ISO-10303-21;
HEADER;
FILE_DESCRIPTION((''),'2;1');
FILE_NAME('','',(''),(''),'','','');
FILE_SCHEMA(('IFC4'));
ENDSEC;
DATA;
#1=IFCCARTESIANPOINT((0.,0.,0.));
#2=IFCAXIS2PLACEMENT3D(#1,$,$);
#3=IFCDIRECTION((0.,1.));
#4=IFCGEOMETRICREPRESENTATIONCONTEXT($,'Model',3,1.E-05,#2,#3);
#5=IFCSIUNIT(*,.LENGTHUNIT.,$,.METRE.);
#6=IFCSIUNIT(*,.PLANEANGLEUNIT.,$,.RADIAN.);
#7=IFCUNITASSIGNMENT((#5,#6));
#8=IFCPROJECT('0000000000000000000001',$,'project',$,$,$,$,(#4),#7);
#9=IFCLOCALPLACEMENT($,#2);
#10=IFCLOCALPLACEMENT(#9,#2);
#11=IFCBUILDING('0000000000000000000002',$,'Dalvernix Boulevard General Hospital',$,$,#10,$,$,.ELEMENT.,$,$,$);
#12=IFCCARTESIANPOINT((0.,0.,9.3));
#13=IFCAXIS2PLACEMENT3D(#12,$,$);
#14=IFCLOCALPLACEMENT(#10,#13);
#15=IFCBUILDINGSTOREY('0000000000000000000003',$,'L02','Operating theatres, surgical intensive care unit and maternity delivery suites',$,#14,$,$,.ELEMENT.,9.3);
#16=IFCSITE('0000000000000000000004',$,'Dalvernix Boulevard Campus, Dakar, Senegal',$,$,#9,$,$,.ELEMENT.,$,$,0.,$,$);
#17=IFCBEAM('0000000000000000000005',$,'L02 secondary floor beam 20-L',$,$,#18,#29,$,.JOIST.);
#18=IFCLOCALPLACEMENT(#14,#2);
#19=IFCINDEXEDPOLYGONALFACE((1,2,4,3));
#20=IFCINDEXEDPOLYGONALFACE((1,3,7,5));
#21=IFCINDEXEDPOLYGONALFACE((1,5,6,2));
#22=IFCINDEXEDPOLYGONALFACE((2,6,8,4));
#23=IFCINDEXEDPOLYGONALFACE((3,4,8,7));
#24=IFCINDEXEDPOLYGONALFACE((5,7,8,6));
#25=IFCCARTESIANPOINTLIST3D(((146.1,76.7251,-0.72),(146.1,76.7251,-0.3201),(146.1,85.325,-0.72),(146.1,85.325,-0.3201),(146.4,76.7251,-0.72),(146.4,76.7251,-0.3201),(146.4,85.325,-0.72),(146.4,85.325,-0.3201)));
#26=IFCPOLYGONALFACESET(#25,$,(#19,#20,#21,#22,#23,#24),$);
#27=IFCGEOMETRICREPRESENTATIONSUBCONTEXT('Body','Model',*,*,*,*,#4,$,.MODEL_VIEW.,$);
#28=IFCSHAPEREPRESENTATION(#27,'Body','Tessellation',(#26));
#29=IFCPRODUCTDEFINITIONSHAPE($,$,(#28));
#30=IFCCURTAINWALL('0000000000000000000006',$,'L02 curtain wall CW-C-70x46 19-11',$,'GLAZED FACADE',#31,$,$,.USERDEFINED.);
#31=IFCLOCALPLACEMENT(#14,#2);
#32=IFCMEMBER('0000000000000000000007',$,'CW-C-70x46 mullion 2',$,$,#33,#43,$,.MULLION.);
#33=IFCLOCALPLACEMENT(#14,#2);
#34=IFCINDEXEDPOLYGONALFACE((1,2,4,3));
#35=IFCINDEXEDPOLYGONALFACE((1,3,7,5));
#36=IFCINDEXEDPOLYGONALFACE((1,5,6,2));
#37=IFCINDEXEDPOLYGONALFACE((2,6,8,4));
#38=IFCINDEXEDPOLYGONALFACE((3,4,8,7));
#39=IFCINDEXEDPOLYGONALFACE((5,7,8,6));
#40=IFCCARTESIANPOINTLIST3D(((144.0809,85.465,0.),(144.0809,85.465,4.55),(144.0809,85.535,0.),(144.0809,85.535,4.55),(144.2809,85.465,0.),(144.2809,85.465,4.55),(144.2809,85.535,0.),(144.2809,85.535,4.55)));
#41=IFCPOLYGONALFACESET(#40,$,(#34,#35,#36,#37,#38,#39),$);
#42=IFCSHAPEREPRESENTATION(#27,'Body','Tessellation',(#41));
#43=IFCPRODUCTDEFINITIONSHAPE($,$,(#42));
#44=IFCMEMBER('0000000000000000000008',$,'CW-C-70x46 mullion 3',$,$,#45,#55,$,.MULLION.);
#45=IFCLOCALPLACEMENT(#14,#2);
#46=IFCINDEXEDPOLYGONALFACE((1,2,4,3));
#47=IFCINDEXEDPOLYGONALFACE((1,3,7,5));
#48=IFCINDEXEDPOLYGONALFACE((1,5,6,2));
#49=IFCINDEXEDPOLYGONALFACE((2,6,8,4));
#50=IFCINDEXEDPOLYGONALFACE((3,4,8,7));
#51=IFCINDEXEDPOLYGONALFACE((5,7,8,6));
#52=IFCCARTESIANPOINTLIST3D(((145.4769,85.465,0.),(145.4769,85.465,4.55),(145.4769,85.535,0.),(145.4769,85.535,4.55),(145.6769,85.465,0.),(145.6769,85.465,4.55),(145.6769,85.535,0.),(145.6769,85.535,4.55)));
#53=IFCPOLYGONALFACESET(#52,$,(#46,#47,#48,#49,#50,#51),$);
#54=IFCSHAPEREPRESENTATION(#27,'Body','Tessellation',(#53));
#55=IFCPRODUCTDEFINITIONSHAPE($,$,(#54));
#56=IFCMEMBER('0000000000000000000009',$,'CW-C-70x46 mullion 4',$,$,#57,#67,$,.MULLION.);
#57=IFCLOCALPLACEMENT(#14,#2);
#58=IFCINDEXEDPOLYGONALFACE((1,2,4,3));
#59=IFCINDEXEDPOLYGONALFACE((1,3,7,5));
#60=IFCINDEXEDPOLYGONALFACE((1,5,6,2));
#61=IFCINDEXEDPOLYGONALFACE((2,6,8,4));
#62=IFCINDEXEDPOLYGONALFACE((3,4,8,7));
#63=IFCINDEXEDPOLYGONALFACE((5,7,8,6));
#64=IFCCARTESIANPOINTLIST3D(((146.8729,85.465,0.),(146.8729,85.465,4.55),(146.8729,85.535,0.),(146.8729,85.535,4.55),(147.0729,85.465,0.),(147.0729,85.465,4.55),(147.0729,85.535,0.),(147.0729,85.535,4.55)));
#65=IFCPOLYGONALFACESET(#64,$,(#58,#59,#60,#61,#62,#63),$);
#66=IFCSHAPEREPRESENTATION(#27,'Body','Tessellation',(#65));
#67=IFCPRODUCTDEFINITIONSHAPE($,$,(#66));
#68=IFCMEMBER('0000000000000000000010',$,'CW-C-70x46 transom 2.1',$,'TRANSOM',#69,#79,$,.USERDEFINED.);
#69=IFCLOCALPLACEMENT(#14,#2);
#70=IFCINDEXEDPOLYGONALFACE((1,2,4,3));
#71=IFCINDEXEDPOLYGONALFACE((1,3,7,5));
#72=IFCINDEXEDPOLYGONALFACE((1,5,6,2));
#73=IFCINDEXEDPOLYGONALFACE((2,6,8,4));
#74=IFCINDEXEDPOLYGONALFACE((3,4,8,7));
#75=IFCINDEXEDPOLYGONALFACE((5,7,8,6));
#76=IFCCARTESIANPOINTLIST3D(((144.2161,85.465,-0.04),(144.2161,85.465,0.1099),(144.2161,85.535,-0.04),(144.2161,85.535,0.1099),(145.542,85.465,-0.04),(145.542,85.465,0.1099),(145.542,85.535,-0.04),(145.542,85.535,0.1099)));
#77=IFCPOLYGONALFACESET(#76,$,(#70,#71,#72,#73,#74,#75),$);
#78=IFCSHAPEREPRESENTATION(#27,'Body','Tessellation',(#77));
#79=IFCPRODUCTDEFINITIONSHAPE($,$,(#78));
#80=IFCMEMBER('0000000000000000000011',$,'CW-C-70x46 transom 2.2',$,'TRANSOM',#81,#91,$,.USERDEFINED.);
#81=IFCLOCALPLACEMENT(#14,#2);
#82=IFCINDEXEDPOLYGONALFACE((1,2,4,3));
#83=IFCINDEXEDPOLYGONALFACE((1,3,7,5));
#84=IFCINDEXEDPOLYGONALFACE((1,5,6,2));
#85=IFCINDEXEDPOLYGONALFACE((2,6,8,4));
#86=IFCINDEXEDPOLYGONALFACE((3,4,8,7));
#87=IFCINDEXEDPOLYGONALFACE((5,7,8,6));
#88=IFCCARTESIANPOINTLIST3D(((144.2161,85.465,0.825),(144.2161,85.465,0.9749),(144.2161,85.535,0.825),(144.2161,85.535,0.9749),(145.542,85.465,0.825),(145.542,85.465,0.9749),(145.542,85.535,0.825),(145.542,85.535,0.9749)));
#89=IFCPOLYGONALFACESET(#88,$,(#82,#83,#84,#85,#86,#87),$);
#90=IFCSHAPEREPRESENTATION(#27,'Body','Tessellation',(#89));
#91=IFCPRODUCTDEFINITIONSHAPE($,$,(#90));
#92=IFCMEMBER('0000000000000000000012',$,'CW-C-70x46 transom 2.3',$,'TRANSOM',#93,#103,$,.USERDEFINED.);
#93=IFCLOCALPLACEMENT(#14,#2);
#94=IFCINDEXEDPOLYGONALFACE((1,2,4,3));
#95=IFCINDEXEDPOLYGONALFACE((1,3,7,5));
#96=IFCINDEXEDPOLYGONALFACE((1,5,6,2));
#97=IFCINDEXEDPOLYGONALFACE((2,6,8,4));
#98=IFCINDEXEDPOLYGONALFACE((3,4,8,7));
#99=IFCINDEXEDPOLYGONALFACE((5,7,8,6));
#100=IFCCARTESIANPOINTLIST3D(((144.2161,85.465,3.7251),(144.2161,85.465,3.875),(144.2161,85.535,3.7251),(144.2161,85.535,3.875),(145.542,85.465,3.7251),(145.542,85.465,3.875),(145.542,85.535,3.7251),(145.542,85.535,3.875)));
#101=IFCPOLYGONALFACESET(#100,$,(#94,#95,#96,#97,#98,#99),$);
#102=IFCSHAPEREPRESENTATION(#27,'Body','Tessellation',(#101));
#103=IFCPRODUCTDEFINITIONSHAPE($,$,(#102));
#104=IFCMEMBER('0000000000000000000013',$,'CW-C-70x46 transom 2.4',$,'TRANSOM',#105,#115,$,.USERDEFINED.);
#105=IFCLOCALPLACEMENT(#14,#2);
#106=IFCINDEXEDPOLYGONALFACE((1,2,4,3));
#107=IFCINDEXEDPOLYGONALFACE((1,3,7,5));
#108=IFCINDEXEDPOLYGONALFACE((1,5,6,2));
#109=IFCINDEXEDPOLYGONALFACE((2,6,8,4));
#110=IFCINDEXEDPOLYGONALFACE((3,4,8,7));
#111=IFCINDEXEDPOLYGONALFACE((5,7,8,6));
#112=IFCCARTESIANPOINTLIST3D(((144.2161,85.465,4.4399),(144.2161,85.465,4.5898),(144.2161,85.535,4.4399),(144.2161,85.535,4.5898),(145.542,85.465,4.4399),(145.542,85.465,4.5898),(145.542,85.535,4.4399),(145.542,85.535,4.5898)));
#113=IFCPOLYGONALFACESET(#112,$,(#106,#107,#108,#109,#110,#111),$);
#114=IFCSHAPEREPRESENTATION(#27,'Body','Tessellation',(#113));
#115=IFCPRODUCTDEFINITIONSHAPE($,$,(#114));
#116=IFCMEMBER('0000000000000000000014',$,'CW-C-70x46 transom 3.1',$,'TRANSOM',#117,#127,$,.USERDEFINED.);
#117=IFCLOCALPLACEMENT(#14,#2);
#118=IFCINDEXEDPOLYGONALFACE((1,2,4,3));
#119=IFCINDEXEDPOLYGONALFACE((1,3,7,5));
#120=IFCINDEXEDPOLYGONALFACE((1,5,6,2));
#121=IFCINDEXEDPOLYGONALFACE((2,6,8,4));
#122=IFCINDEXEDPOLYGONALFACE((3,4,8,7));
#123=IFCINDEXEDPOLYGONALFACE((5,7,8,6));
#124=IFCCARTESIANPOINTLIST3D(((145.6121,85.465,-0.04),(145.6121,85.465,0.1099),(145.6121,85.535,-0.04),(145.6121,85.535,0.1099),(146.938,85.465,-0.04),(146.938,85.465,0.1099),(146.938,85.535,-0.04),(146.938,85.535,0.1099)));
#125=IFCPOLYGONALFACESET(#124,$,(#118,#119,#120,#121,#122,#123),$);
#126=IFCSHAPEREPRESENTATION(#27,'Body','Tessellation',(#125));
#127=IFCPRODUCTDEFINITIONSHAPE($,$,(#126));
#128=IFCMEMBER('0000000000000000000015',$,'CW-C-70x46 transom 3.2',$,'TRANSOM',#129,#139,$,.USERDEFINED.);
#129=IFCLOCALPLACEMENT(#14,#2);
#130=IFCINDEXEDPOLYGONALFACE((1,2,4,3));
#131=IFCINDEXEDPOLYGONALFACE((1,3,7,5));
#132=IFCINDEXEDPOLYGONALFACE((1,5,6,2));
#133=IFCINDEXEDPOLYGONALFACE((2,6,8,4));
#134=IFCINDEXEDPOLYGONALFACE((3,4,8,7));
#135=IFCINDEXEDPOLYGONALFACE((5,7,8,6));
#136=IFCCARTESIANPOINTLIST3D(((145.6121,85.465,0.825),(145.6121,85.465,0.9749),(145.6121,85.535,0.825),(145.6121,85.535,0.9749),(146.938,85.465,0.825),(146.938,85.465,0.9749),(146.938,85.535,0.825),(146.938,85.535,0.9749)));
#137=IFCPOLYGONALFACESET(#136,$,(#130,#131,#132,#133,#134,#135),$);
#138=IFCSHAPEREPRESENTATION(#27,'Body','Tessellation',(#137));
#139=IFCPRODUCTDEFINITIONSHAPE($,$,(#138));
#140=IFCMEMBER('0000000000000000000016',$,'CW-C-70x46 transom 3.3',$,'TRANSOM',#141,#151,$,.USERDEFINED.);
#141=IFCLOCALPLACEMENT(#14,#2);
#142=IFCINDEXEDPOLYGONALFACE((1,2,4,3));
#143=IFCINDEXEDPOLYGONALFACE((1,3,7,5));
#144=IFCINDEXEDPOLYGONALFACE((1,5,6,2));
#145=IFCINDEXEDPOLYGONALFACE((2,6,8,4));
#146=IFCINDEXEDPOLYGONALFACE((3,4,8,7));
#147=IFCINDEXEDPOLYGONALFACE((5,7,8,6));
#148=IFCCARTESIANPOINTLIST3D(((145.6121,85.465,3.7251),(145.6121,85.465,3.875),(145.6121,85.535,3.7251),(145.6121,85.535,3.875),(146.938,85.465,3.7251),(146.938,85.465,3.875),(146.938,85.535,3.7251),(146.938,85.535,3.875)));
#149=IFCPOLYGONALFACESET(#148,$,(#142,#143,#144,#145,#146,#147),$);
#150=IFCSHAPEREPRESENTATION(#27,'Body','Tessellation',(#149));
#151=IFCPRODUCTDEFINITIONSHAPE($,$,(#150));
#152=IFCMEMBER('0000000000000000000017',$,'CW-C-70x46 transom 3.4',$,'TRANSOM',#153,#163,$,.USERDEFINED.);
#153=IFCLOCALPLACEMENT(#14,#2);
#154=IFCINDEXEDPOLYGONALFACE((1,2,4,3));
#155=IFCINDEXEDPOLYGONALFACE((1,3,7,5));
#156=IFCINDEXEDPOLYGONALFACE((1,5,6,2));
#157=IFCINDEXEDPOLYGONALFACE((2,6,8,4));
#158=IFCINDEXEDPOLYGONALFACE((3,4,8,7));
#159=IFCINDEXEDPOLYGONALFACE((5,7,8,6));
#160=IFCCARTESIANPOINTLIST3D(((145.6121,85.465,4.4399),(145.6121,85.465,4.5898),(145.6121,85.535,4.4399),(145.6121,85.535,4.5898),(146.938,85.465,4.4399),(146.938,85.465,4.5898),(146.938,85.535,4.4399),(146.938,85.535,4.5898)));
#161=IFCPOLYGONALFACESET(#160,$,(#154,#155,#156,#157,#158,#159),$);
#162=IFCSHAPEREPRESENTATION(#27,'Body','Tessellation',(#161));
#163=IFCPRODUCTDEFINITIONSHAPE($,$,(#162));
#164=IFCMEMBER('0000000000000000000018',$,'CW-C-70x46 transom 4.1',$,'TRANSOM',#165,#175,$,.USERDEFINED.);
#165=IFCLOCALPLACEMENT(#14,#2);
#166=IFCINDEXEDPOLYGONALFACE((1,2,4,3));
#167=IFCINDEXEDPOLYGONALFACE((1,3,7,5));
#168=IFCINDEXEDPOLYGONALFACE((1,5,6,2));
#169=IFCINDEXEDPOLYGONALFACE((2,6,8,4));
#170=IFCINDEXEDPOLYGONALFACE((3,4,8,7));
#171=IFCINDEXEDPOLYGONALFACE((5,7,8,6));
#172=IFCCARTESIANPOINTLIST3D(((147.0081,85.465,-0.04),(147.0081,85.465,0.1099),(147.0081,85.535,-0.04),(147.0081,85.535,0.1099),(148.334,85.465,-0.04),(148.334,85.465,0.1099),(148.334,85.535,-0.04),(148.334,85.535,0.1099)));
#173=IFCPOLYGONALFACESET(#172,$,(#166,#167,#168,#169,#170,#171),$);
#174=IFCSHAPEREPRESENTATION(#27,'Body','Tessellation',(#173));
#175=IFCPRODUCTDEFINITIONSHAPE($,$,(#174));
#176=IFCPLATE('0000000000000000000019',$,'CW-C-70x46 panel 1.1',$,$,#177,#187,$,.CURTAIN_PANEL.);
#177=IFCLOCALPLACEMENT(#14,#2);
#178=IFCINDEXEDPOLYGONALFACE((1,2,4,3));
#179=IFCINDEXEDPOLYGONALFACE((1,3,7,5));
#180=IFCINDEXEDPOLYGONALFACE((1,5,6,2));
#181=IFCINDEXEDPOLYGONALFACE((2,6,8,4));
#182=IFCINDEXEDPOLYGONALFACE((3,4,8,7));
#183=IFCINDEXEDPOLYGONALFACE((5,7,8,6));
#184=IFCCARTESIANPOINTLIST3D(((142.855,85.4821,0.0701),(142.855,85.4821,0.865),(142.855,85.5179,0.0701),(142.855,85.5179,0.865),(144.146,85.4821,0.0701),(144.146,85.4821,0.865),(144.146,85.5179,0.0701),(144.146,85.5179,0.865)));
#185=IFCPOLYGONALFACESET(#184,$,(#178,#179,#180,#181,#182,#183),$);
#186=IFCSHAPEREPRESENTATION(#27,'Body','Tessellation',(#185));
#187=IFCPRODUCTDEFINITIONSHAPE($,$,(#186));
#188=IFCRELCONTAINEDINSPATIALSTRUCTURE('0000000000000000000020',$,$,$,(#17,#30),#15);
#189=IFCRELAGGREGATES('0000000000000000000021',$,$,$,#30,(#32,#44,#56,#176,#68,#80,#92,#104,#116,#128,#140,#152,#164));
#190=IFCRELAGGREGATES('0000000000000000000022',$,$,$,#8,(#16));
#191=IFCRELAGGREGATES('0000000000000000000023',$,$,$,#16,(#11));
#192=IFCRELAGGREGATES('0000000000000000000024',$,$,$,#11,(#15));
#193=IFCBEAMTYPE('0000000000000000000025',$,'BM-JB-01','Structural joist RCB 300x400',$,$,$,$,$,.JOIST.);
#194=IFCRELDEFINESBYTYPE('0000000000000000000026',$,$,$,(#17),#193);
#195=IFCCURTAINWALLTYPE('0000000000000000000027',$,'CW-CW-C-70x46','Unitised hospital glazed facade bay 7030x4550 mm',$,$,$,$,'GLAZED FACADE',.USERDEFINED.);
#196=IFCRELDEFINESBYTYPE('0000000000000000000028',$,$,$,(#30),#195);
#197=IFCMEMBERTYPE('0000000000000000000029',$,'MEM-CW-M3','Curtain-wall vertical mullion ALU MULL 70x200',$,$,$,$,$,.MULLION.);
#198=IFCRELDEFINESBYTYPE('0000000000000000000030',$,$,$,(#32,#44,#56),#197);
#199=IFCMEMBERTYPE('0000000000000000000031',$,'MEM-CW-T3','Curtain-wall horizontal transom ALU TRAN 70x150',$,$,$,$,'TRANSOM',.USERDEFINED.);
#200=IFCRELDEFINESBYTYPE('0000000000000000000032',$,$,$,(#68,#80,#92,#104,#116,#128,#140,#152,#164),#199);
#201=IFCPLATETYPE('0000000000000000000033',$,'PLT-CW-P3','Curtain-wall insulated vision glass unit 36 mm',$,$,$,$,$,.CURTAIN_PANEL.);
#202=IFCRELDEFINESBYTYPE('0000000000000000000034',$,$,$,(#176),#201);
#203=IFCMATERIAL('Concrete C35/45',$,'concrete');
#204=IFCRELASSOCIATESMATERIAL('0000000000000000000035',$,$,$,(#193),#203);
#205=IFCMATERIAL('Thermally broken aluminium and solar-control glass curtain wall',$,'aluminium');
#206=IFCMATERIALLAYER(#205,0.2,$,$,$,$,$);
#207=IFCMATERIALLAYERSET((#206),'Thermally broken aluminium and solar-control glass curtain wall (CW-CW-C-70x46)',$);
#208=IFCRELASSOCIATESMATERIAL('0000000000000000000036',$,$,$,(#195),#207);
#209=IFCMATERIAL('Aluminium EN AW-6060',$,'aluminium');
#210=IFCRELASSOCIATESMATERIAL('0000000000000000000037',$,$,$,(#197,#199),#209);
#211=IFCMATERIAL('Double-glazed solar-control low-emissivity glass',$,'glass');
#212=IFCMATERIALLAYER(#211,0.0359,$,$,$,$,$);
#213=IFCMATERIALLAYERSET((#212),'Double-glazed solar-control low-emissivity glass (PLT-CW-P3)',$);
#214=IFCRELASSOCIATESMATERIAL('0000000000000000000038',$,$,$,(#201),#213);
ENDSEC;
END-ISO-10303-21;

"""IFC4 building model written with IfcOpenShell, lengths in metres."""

from ifc_helpers import new_model, si_unit, direction, frame, origin, origin_2d, place, context, subcontext, project, spatial, rectangle, extrude, material, layer, layer_set, material_profile, profile_set, type_object, element, aggregate, save


model = new_model("IFC4")

# Units and contexts
model_context = context("Model", 3, precision=1e-05, world=origin(), true_north=direction((0.0, 1.0)))
body_context = subcontext(model_context, "Body", "Model", "MODEL_VIEW")
ifc_project = project(units=[si_unit("LENGTHUNIT", "METRE"), si_unit("PLANEANGLEUNIT", "RADIAN")], contexts=[model_context])

# Site, building, storey
site_placement = place(None, origin())
site = spatial("IfcSite", under=ifc_project, at=site_placement, Name="Dalvernix Boulevard Campus, Dakar, Senegal", CompositionType="ELEMENT", RefElevation=0.0)
building_placement = place(site_placement, origin())
building = spatial("IfcBuilding", under=site, at=building_placement, Name="Dalvernix Boulevard General Hospital", CompositionType="ELEMENT")
storey_placement = place(building_placement, frame((0.0, 0.0, 9.3)))
storey = spatial("IfcBuildingStorey", under=building, at=storey_placement, Name="L02", Description="Operating theatres, surgical intensive care unit and maternity delivery suites", CompositionType="ELEMENT", Elevation=9.3)

# Beam
ifc_material_1 = material(Name="Concrete C35/45", Category="concrete")
ifc_material_profile_1 = material_profile(ifc_material_1, rectangle(XDim=0.3, YDim=0.3999, at=origin_2d()), Name="RCB 300x400")
ifc_profile_set_1 = profile_set([ifc_material_profile_1], Name="Concrete C35/45")
beam_type = type_object("IfcBeamType", Name="BM-JB-01", Description="Structural joist RCB 300x400", PredefinedType="JOIST", material=ifc_profile_set_1)
beam_placement = place(storey_placement, frame((146.25, 76.7251, -0.52), z_axis=(0.0, 1.0, 0.0), x_axis=(-1.0, 0.0, 0.0)))
element("IfcBeam", 1, at=beam_placement, inside=storey, type_object=beam_type, Name="L02 secondary floor beam 20-L", PredefinedType="JOIST", context=body_context, shape_type="SweptSolid", body=[
    extrude(rectangle(XDim=0.3, YDim=0.3999, at=origin_2d()), origin(), (0.0, 0.0, 1.0), 8.5999),
])

# Curtain wall, members, plate
ifc_material_2 = material(Name="Thermally broken aluminium and solar-control glass curtain wall", Category="aluminium")
ifc_layer_1 = layer(ifc_material_2, 0.2)
ifc_layer_set_1 = layer_set([ifc_layer_1], Name="Thermally broken aluminium and solar-control glass curtain wall (CW-CW-C-70x46)")
curtain_wall_type = type_object("IfcCurtainWallType", Name="CW-CW-C-70x46", Description="Unitised hospital glazed facade bay 7030x4550 mm", ElementType="GLAZED FACADE", PredefinedType="USERDEFINED", material=ifc_layer_set_1)
curtain_wall_placement = place(storey_placement, origin())
curtain_wall = element("IfcCurtainWall", 2, at=curtain_wall_placement, inside=storey, type_object=curtain_wall_type, Name="L02 curtain wall CW-C-70x46 19-11", ObjectType="GLAZED FACADE", PredefinedType="USERDEFINED")
ifc_material_3 = material(Name="Aluminium EN AW-6060", Category="aluminium")
ifc_material_profile_2 = material_profile(ifc_material_3, rectangle(XDim=0.0701, YDim=0.2, at=origin_2d()), Name="ALU MULL 70x200")
ifc_profile_set_2 = profile_set([ifc_material_profile_2], Name="Aluminium EN AW-6060")
member_type_1 = type_object("IfcMemberType", Name="MEM-CW-M3", Description="Curtain-wall vertical mullion ALU MULL 70x200", PredefinedType="MULLION", material=ifc_profile_set_2)
member_1_placement = place(storey_placement, frame((144.1809, 85.5, 0.0), z_axis=(0.0, 0.0, 1.0), x_axis=(0.0, 1.0, 0.0)))
member_1 = element("IfcMember", 3, at=member_1_placement, type_object=member_type_1, Name="CW-C-70x46 mullion 2", PredefinedType="MULLION", context=body_context, shape_type="SweptSolid", body=[
    extrude(rectangle(XDim=0.0701, YDim=0.2, at=origin_2d()), origin(), (0.0, 0.0, 1.0), 4.55),
])
member_2_placement = place(storey_placement, frame((145.5769, 85.5, 0.0), z_axis=(0.0, 0.0, 1.0), x_axis=(0.0, 1.0, 0.0)))
member_2 = element("IfcMember", 4, at=member_2_placement, type_object=member_type_1, Name="CW-C-70x46 mullion 3", PredefinedType="MULLION", context=body_context, shape_type="SweptSolid", body=[
    extrude(rectangle(XDim=0.0701, YDim=0.2, at=origin_2d()), origin(), (0.0, 0.0, 1.0), 4.55),
])
member_3_placement = place(storey_placement, frame((146.9729, 85.5, 0.0), z_axis=(0.0, 0.0, 1.0), x_axis=(0.0, 1.0, 0.0)))
member_3 = element("IfcMember", 5, at=member_3_placement, type_object=member_type_1, Name="CW-C-70x46 mullion 4", PredefinedType="MULLION", context=body_context, shape_type="SweptSolid", body=[
    extrude(rectangle(XDim=0.0701, YDim=0.2, at=origin_2d()), origin(), (0.0, 0.0, 1.0), 4.55),
])
ifc_material_profile_3 = material_profile(ifc_material_3, rectangle(XDim=0.0701, YDim=0.1499, at=origin_2d()), Name="ALU TRAN 70x150")
ifc_profile_set_3 = profile_set([ifc_material_profile_3], Name="Aluminium EN AW-6060")
member_type_2 = type_object("IfcMemberType", Name="MEM-CW-T3", Description="Curtain-wall horizontal transom ALU TRAN 70x150", ElementType="TRANSOM", PredefinedType="USERDEFINED", material=ifc_profile_set_3)
member_4_placement = place(storey_placement, frame((144.2161, 85.5, 0.0349), z_axis=(1.0, 0.0, 0.0), x_axis=(0.0, 1.0, 0.0)))
member_4 = element("IfcMember", 6, at=member_4_placement, type_object=member_type_2, Name="CW-C-70x46 transom 2.1", ObjectType="TRANSOM", PredefinedType="USERDEFINED", context=body_context, shape_type="SweptSolid", body=[
    extrude(rectangle(XDim=0.0701, YDim=0.1499, at=origin_2d()), origin(), (0.0, 0.0, 1.0), 1.3259),
])
member_5_placement = place(storey_placement, frame((144.2161, 85.5, 0.8999), z_axis=(1.0, 0.0, 0.0), x_axis=(0.0, 1.0, 0.0)))
member_5 = element("IfcMember", 7, at=member_5_placement, type_object=member_type_2, Name="CW-C-70x46 transom 2.2", ObjectType="TRANSOM", PredefinedType="USERDEFINED", context=body_context, shape_type="SweptSolid", body=[
    extrude(rectangle(XDim=0.0701, YDim=0.1499, at=origin_2d()), origin(), (0.0, 0.0, 1.0), 1.3259),
])
member_6_placement = place(storey_placement, frame((144.2161, 85.5, 3.8), z_axis=(1.0, 0.0, 0.0), x_axis=(0.0, 1.0, 0.0)))
member_6 = element("IfcMember", 8, at=member_6_placement, type_object=member_type_2, Name="CW-C-70x46 transom 2.3", ObjectType="TRANSOM", PredefinedType="USERDEFINED", context=body_context, shape_type="SweptSolid", body=[
    extrude(rectangle(XDim=0.0701, YDim=0.1499, at=origin_2d()), origin(), (0.0, 0.0, 1.0), 1.3259),
])
member_7_placement = place(storey_placement, frame((144.2161, 85.5, 4.5149), z_axis=(1.0, 0.0, 0.0), x_axis=(0.0, 1.0, 0.0)))
member_7 = element("IfcMember", 9, at=member_7_placement, type_object=member_type_2, Name="CW-C-70x46 transom 2.4", ObjectType="TRANSOM", PredefinedType="USERDEFINED", context=body_context, shape_type="SweptSolid", body=[
    extrude(rectangle(XDim=0.0701, YDim=0.1499, at=origin_2d()), origin(), (0.0, 0.0, 1.0), 1.3259),
])
member_8_placement = place(storey_placement, frame((145.6121, 85.5, 0.0349), z_axis=(1.0, 0.0, 0.0), x_axis=(0.0, 1.0, 0.0)))
member_8 = element("IfcMember", 10, at=member_8_placement, type_object=member_type_2, Name="CW-C-70x46 transom 3.1", ObjectType="TRANSOM", PredefinedType="USERDEFINED", context=body_context, shape_type="SweptSolid", body=[
    extrude(rectangle(XDim=0.0701, YDim=0.1499, at=origin_2d()), origin(), (0.0, 0.0, 1.0), 1.3259),
])
member_9_placement = place(storey_placement, frame((145.6121, 85.5, 0.8999), z_axis=(1.0, 0.0, 0.0), x_axis=(0.0, 1.0, 0.0)))
member_9 = element("IfcMember", 11, at=member_9_placement, type_object=member_type_2, Name="CW-C-70x46 transom 3.2", ObjectType="TRANSOM", PredefinedType="USERDEFINED", context=body_context, shape_type="SweptSolid", body=[
    extrude(rectangle(XDim=0.0701, YDim=0.1499, at=origin_2d()), origin(), (0.0, 0.0, 1.0), 1.3259),
])
member_10_placement = place(storey_placement, frame((145.6121, 85.5, 3.8), z_axis=(1.0, 0.0, 0.0), x_axis=(0.0, 1.0, 0.0)))
member_10 = element("IfcMember", 12, at=member_10_placement, type_object=member_type_2, Name="CW-C-70x46 transom 3.3", ObjectType="TRANSOM", PredefinedType="USERDEFINED", context=body_context, shape_type="SweptSolid", body=[
    extrude(rectangle(XDim=0.0701, YDim=0.1499, at=origin_2d()), origin(), (0.0, 0.0, 1.0), 1.3259),
])
member_11_placement = place(storey_placement, frame((145.6121, 85.5, 4.5149), z_axis=(1.0, 0.0, 0.0), x_axis=(0.0, 1.0, 0.0)))
member_11 = element("IfcMember", 13, at=member_11_placement, type_object=member_type_2, Name="CW-C-70x46 transom 3.4", ObjectType="TRANSOM", PredefinedType="USERDEFINED", context=body_context, shape_type="SweptSolid", body=[
    extrude(rectangle(XDim=0.0701, YDim=0.1499, at=origin_2d()), origin(), (0.0, 0.0, 1.0), 1.3259),
])
member_12_placement = place(storey_placement, frame((147.0081, 85.5, 0.0349), z_axis=(1.0, 0.0, 0.0), x_axis=(0.0, 1.0, 0.0)))
member_12 = element("IfcMember", 14, at=member_12_placement, type_object=member_type_2, Name="CW-C-70x46 transom 4.1", ObjectType="TRANSOM", PredefinedType="USERDEFINED", context=body_context, shape_type="SweptSolid", body=[
    extrude(rectangle(XDim=0.0701, YDim=0.1499, at=origin_2d()), origin(), (0.0, 0.0, 1.0), 1.3259),
])
ifc_material_4 = material(Name="Double-glazed solar-control low-emissivity glass", Category="glass")
ifc_layer_2 = layer(ifc_material_4, 0.0359)
ifc_layer_set_2 = layer_set([ifc_layer_2], Name="Double-glazed solar-control low-emissivity glass (PLT-CW-P3)")
plate_type = type_object("IfcPlateType", Name="PLT-CW-P3", Description="Curtain-wall insulated vision glass unit 36 mm", PredefinedType="CURTAIN_PANEL", material=ifc_layer_set_2)
plate_1_placement = place(storey_placement, frame((143.5005, 85.5, 0.0701), z_axis=(0.0, 0.0, 1.0), x_axis=(1.0, 0.0, 0.0)))
plate_1 = element("IfcPlate", 15, at=plate_1_placement, type_object=plate_type, Name="CW-C-70x46 panel 1.1", PredefinedType="CURTAIN_PANEL", context=body_context, shape_type="SweptSolid", body=[
    extrude(rectangle(XDim=1.291, YDim=0.0359, at=origin_2d()), origin(), (0.0, 0.0, 1.0), 0.7949),
])
aggregate(curtain_wall, [member_1, member_2, member_3, plate_1, member_4, member_5, member_6, member_7, member_8, member_9, member_10, member_11, member_12])

save(model, "model.ifc")
